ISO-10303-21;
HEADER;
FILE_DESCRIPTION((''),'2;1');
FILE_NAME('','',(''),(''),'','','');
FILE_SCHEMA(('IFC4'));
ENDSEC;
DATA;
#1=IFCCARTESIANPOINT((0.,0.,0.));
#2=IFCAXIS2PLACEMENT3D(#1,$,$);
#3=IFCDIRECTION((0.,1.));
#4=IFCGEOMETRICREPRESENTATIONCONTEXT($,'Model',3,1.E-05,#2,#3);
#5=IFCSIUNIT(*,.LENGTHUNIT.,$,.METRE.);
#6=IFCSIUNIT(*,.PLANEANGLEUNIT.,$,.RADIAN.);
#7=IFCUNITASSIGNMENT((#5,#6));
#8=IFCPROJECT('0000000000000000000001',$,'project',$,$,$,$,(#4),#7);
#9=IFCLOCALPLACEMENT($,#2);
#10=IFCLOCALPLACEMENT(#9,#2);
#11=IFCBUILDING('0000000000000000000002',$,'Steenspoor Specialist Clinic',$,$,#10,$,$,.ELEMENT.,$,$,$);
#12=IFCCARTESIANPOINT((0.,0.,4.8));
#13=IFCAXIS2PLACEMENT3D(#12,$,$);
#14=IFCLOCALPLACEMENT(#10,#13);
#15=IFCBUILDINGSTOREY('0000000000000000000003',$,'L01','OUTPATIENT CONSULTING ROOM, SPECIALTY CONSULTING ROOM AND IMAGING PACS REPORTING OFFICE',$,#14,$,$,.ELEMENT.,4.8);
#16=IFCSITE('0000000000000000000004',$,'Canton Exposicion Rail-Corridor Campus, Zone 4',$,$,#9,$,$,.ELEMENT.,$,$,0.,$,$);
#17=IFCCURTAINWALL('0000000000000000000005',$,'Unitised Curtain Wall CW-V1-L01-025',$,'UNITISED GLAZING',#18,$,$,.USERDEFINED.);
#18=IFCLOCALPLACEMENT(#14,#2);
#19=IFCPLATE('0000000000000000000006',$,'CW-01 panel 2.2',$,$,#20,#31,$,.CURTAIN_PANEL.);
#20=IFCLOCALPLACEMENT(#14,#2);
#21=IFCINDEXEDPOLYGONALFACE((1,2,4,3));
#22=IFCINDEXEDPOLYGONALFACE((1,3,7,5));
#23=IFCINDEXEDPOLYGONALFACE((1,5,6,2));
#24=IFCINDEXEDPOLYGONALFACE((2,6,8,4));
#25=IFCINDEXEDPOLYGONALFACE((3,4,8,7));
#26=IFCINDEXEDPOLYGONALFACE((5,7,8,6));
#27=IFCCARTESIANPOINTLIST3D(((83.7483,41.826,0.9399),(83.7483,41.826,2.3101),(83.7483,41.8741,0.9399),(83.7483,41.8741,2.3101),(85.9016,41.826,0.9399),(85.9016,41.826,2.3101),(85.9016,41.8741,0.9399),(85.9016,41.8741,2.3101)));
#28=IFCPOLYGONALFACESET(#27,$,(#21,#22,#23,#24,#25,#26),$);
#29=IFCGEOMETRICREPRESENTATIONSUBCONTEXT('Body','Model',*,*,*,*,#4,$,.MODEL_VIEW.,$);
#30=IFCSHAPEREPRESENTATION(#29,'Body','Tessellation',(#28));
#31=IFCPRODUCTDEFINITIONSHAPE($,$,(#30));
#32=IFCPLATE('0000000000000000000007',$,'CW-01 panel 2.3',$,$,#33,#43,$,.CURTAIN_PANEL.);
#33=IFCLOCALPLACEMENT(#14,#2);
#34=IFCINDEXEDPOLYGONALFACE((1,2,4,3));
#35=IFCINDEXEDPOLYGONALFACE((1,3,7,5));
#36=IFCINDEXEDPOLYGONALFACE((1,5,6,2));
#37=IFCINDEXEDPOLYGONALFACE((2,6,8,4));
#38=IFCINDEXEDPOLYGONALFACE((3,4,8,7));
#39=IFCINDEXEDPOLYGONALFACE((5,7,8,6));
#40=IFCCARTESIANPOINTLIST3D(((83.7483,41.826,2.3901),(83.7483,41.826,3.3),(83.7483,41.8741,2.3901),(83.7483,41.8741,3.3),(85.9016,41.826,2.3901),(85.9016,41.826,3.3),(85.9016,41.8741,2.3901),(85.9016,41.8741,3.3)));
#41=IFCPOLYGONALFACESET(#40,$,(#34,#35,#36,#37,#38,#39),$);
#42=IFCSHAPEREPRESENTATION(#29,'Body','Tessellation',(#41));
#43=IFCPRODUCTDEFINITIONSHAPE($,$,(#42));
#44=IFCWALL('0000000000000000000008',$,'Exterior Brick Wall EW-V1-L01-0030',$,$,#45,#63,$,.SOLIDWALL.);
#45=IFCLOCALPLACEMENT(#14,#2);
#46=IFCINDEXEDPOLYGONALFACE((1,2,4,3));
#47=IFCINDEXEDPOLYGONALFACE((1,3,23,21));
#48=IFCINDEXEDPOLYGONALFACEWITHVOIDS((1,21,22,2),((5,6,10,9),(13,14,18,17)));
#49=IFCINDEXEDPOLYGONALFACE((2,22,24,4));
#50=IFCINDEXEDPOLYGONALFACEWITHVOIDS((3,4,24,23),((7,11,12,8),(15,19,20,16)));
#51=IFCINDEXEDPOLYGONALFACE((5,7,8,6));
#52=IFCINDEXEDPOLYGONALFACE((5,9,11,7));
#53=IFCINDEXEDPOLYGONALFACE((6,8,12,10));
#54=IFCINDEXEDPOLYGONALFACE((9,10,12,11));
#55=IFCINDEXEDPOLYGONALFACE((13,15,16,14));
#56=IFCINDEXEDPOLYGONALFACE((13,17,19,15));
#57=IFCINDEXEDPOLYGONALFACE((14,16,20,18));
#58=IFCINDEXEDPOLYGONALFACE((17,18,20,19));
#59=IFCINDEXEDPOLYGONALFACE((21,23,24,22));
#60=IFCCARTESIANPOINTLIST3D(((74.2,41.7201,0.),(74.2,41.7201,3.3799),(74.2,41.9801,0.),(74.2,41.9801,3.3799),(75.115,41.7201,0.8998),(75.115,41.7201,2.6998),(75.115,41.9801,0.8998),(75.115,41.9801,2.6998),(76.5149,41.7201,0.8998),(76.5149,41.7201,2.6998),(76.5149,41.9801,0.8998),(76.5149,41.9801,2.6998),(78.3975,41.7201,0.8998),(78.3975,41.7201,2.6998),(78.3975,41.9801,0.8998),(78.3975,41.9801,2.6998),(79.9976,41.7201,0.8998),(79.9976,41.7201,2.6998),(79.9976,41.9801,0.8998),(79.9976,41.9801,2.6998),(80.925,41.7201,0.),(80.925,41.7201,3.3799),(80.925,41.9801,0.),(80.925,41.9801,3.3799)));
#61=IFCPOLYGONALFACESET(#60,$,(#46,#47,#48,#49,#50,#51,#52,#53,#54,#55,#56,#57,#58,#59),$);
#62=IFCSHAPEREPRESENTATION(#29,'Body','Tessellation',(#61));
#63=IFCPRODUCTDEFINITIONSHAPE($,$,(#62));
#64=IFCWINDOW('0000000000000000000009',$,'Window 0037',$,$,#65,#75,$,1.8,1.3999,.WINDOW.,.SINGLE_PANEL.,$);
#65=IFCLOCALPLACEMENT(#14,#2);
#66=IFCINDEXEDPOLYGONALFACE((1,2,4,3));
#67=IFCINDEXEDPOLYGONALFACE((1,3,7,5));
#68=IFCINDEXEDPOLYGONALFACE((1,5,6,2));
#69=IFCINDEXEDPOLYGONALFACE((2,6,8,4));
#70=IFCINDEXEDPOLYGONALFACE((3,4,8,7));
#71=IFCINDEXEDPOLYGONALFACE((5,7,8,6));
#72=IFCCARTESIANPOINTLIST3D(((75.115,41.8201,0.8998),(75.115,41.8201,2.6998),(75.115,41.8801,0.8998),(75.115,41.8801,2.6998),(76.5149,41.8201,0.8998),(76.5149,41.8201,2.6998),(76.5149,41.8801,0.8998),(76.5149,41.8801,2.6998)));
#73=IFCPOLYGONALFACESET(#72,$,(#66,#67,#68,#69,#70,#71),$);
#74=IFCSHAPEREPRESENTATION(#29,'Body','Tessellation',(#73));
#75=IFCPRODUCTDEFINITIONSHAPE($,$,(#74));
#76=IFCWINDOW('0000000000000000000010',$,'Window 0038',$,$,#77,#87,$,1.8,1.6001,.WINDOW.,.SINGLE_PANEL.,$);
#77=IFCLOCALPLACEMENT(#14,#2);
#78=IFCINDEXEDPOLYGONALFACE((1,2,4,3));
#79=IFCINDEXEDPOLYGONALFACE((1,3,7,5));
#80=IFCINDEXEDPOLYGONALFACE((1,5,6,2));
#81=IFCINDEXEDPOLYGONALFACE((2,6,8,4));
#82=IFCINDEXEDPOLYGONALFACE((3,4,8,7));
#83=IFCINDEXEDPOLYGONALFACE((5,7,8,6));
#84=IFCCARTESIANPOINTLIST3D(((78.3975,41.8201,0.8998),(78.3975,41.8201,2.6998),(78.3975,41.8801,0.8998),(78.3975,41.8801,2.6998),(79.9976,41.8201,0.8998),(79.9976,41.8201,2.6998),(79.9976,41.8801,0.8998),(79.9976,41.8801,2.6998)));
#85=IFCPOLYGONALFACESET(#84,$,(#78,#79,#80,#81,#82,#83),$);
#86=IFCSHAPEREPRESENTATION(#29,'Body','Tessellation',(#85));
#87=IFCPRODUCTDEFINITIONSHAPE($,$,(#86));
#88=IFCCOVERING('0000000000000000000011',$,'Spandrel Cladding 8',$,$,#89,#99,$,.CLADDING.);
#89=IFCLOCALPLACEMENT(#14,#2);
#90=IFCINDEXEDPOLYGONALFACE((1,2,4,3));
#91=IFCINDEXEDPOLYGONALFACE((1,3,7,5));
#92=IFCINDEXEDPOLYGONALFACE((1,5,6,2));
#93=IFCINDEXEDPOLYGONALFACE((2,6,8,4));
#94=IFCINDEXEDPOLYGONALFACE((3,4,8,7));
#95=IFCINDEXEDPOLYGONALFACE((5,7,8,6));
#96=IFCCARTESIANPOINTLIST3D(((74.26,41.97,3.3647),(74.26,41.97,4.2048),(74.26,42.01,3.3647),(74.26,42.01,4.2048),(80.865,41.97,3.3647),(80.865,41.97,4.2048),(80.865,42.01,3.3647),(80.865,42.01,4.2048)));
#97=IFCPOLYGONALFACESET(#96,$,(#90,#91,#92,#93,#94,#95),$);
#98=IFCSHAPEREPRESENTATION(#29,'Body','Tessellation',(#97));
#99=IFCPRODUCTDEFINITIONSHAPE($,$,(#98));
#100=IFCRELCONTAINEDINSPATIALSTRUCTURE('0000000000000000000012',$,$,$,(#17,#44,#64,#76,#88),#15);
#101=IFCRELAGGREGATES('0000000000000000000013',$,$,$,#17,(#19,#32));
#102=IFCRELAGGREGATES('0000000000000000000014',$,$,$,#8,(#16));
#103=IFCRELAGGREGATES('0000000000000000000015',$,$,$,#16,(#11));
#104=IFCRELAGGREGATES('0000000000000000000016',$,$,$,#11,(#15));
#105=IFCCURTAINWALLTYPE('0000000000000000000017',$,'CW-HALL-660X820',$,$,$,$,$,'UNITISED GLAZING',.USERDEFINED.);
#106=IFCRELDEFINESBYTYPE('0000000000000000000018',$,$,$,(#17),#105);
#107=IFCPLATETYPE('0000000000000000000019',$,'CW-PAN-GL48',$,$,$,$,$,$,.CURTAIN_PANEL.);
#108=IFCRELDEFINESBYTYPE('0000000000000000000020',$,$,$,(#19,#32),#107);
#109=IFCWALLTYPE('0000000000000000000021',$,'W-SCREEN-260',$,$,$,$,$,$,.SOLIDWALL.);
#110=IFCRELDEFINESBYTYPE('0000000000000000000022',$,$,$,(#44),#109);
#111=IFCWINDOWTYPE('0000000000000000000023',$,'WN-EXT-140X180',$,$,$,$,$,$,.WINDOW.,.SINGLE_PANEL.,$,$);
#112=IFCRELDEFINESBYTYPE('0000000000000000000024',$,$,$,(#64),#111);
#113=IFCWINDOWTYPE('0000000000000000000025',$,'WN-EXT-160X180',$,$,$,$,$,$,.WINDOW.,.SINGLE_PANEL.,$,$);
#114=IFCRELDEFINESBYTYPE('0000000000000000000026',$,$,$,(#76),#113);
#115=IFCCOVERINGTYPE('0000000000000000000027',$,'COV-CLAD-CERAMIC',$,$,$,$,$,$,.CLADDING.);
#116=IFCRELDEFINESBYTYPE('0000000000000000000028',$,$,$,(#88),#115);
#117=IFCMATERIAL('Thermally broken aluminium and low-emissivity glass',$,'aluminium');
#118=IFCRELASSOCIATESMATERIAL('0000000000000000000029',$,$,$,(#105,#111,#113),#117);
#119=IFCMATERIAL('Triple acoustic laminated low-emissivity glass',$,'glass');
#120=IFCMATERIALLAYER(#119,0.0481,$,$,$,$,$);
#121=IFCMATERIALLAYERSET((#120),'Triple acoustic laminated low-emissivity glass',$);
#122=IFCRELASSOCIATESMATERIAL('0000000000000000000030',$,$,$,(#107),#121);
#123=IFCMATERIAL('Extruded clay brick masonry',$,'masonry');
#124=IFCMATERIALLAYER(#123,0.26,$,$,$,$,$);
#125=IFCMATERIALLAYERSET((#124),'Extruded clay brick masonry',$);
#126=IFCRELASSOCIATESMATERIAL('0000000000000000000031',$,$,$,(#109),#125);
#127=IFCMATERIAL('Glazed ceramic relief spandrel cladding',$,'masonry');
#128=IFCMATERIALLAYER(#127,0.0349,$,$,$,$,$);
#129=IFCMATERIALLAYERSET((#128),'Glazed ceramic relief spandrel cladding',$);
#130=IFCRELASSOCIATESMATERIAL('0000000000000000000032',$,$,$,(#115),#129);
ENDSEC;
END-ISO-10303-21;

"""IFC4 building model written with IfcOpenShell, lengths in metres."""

from ifc_helpers import new_model, si_unit, direction, frame, frame_2d, origin, origin_2d, place, context, subcontext, project, spatial, rectangle, extrude, material, layer, layer_set, type_object, element, fill, aggregate, save


model = new_model("IFC4")

# Units and contexts
model_context = context("Model", 3, precision=1e-05, world=origin(), true_north=direction((0.0, 1.0)))
body_context = subcontext(model_context, "Body", "Model", "MODEL_VIEW")
ifc_project = project(units=[si_unit("LENGTHUNIT", "METRE"), si_unit("PLANEANGLEUNIT", "RADIAN")], contexts=[model_context])

# Site, building, storey
site_placement = place(None, origin())
site = spatial("IfcSite", under=ifc_project, at=site_placement, Name="Canton Exposicion Rail-Corridor Campus, Zone 4", CompositionType="ELEMENT", RefElevation=0.0)
building_placement = place(site_placement, origin())
building = spatial("IfcBuilding", under=site, at=building_placement, Name="Steenspoor Specialist Clinic", CompositionType="ELEMENT")
storey_placement = place(building_placement, frame((0.0, 0.0, 4.8)))
storey = spatial("IfcBuildingStorey", under=building, at=storey_placement, Name="L01", Description="OUTPATIENT CONSULTING ROOM, SPECIALTY CONSULTING ROOM AND IMAGING PACS REPORTING OFFICE", CompositionType="ELEMENT", Elevation=4.8)

# Curtain wall
ifc_material_1 = material(Name="Thermally broken aluminium and low-emissivity glass", Category="aluminium")
curtain_wall_type_1 = type_object("IfcCurtainWallType", Name="CW-HALL-660X820", ElementType="UNITISED GLAZING", PredefinedType="USERDEFINED", material=ifc_material_1)
curtain_wall_1_placement = place(storey_placement, origin())
curtain_wall_1 = element("IfcCurtainWall", 1, at=curtain_wall_1_placement, inside=storey, type_object=curtain_wall_type_1, Name="Unitised Curtain Wall CW-V1-L01-025", ObjectType="UNITISED GLAZING", PredefinedType="USERDEFINED")

# Plates
ifc_material_2 = material(Name="Triple acoustic laminated low-emissivity glass", Category="glass")
ifc_layer_1 = layer(ifc_material_2, 0.0481)
ifc_layer_set_1 = layer_set([ifc_layer_1], Name="Triple acoustic laminated low-emissivity glass")
plate_type_1 = type_object("IfcPlateType", Name="CW-PAN-GL48", PredefinedType="CURTAIN_PANEL", material=ifc_layer_set_1)
plate_1_placement = place(storey_placement, frame((84.825, 41.8501, 0.9399), z_axis=(0.0, 0.0, 1.0), x_axis=(1.0, 0.0, 0.0)))
plate_1 = element("IfcPlate", 2, at=plate_1_placement, type_object=plate_type_1, Name="CW-01 panel 2.2", PredefinedType="CURTAIN_PANEL", context=body_context, shape_type="SweptSolid", body=[
    extrude(rectangle(XDim=2.1533, YDim=0.0481, at=origin_2d()), origin(), (0.0, 0.0, 1.0), 1.3701),
])
plate_2_placement = place(storey_placement, frame((84.825, 41.8501, 2.3901), z_axis=(0.0, 0.0, 1.0), x_axis=(1.0, 0.0, 0.0)))
plate_2 = element("IfcPlate", 3, at=plate_2_placement, type_object=plate_type_1, Name="CW-01 panel 2.3", PredefinedType="CURTAIN_PANEL", context=body_context, shape_type="SweptSolid", body=[
    extrude(rectangle(XDim=2.1533, YDim=0.0481, at=origin_2d()), origin(), (0.0, 0.0, 1.0), 0.9099),
])
aggregate(curtain_wall_1, [plate_1, plate_2])

# Wall, openings, windows
ifc_material_3 = material(Name="Extruded clay brick masonry", Category="masonry")
ifc_layer_2 = layer(ifc_material_3, 0.26)
ifc_layer_set_2 = layer_set([ifc_layer_2], Name="Extruded clay brick masonry")
wall_type = type_object("IfcWallType", Name="W-SCREEN-260", PredefinedType="SOLIDWALL", material=ifc_layer_set_2)
wall_placement = place(storey_placement, frame((74.2, 41.8501, 0.0), z_axis=(0.0, 0.0, 1.0), x_axis=(1.0, 0.0, 0.0)))
wall = element("IfcWall", 4, at=wall_placement, inside=storey, type_object=wall_type, Name="Exterior Brick Wall EW-V1-L01-0030", PredefinedType="SOLIDWALL", context=body_context, shape_type="SweptSolid", body=[
    extrude(rectangle(XDim=6.7251, YDim=0.26, at=frame_2d((3.3625, 0.0))), origin(), (0.0, 0.0, 1.0), 3.3799),
])
opening_1_placement = place(wall_placement, frame((0.915, 0.0, 0.8999)))
opening_1 = element("IfcOpeningElement", 5, at=opening_1_placement, cuts=wall, PredefinedType="OPENING", context=body_context, shape_type="SweptSolid", body=[
    extrude(rectangle(XDim=1.3999, YDim=1.8, at=frame_2d((0.7, 0.8999))), frame((0.0, 0.1401, 0.0), z_axis=(0.0, -1.0, 0.0), x_axis=(1.0, 0.0, 0.0)), (0.0, 0.0, 1.0), 0.28),
])
opening_2_placement = place(wall_placement, frame((4.1975, 0.0, 0.8999)))
opening_2 = element("IfcOpeningElement", 6, at=opening_2_placement, cuts=wall, PredefinedType="OPENING", context=body_context, shape_type="SweptSolid", body=[
    extrude(rectangle(XDim=1.6001, YDim=1.8, at=frame_2d((0.8, 0.8999))), frame((0.0, 0.1401, 0.0), z_axis=(0.0, -1.0, 0.0), x_axis=(1.0, 0.0, 0.0)), (0.0, 0.0, 1.0), 0.28),
])
window_type_1 = type_object("IfcWindowType", Name="WN-EXT-140X180", PartitioningType="SINGLE_PANEL", PredefinedType="WINDOW", material=ifc_material_1)
window_1_placement = place(opening_1_placement, origin())
window_1 = element("IfcWindow", 7, at=window_1_placement, inside=storey, type_object=window_type_1, Name="Window 0037", OverallHeight=1.8, OverallWidth=1.3999, PartitioningType="SINGLE_PANEL", PredefinedType="WINDOW", context=body_context, shape_type="SweptSolid", body=[
    extrude(rectangle(XDim=1.3999, YDim=1.8, at=frame_2d((0.7, 0.8999))), frame((0.0, 0.03, 0.0), z_axis=(0.0, -1.0, 0.0), x_axis=(1.0, 0.0, 0.0)), (0.0, 0.0, 1.0), 0.0601),
])
fill(opening_1, window_1)
window_type_2 = type_object("IfcWindowType", Name="WN-EXT-160X180", PartitioningType="SINGLE_PANEL", PredefinedType="WINDOW", material=ifc_material_1)
window_2_placement = place(opening_2_placement, origin())
window_2 = element("IfcWindow", 8, at=window_2_placement, inside=storey, type_object=window_type_2, Name="Window 0038", OverallHeight=1.8, OverallWidth=1.6001, PartitioningType="SINGLE_PANEL", PredefinedType="WINDOW", context=body_context, shape_type="SweptSolid", body=[
    extrude(rectangle(XDim=1.6001, YDim=1.8, at=frame_2d((0.8, 0.8999))), frame((0.0, 0.03, 0.0), z_axis=(0.0, -1.0, 0.0), x_axis=(1.0, 0.0, 0.0)), (0.0, 0.0, 1.0), 0.0601),
])
fill(opening_2, window_2)

# Covering
ifc_material_4 = material(Name="Glazed ceramic relief spandrel cladding", Category="masonry")
ifc_layer_3 = layer(ifc_material_4, 0.0349)
ifc_layer_set_3 = layer_set([ifc_layer_3], Name="Glazed ceramic relief spandrel cladding")
covering_type = type_object("IfcCoveringType", Name="COV-CLAD-CERAMIC", PredefinedType="CLADDING", material=ifc_layer_set_3)
covering_placement = place(storey_placement, frame((77.5625, 41.99, 3.3647), z_axis=(0.0, 0.0, 1.0), x_axis=(1.0, 0.0, 0.0)))
element("IfcCovering", 9, at=covering_placement, inside=storey, type_object=covering_type, Name="Spandrel Cladding 8", PredefinedType="CLADDING", context=body_context, shape_type="SweptSolid", body=[
    extrude(rectangle(XDim=6.605, YDim=0.04, at=origin_2d()), origin(), (0.0, 0.0, 1.0), 0.8401),
])

save(model, "model.ifc")
